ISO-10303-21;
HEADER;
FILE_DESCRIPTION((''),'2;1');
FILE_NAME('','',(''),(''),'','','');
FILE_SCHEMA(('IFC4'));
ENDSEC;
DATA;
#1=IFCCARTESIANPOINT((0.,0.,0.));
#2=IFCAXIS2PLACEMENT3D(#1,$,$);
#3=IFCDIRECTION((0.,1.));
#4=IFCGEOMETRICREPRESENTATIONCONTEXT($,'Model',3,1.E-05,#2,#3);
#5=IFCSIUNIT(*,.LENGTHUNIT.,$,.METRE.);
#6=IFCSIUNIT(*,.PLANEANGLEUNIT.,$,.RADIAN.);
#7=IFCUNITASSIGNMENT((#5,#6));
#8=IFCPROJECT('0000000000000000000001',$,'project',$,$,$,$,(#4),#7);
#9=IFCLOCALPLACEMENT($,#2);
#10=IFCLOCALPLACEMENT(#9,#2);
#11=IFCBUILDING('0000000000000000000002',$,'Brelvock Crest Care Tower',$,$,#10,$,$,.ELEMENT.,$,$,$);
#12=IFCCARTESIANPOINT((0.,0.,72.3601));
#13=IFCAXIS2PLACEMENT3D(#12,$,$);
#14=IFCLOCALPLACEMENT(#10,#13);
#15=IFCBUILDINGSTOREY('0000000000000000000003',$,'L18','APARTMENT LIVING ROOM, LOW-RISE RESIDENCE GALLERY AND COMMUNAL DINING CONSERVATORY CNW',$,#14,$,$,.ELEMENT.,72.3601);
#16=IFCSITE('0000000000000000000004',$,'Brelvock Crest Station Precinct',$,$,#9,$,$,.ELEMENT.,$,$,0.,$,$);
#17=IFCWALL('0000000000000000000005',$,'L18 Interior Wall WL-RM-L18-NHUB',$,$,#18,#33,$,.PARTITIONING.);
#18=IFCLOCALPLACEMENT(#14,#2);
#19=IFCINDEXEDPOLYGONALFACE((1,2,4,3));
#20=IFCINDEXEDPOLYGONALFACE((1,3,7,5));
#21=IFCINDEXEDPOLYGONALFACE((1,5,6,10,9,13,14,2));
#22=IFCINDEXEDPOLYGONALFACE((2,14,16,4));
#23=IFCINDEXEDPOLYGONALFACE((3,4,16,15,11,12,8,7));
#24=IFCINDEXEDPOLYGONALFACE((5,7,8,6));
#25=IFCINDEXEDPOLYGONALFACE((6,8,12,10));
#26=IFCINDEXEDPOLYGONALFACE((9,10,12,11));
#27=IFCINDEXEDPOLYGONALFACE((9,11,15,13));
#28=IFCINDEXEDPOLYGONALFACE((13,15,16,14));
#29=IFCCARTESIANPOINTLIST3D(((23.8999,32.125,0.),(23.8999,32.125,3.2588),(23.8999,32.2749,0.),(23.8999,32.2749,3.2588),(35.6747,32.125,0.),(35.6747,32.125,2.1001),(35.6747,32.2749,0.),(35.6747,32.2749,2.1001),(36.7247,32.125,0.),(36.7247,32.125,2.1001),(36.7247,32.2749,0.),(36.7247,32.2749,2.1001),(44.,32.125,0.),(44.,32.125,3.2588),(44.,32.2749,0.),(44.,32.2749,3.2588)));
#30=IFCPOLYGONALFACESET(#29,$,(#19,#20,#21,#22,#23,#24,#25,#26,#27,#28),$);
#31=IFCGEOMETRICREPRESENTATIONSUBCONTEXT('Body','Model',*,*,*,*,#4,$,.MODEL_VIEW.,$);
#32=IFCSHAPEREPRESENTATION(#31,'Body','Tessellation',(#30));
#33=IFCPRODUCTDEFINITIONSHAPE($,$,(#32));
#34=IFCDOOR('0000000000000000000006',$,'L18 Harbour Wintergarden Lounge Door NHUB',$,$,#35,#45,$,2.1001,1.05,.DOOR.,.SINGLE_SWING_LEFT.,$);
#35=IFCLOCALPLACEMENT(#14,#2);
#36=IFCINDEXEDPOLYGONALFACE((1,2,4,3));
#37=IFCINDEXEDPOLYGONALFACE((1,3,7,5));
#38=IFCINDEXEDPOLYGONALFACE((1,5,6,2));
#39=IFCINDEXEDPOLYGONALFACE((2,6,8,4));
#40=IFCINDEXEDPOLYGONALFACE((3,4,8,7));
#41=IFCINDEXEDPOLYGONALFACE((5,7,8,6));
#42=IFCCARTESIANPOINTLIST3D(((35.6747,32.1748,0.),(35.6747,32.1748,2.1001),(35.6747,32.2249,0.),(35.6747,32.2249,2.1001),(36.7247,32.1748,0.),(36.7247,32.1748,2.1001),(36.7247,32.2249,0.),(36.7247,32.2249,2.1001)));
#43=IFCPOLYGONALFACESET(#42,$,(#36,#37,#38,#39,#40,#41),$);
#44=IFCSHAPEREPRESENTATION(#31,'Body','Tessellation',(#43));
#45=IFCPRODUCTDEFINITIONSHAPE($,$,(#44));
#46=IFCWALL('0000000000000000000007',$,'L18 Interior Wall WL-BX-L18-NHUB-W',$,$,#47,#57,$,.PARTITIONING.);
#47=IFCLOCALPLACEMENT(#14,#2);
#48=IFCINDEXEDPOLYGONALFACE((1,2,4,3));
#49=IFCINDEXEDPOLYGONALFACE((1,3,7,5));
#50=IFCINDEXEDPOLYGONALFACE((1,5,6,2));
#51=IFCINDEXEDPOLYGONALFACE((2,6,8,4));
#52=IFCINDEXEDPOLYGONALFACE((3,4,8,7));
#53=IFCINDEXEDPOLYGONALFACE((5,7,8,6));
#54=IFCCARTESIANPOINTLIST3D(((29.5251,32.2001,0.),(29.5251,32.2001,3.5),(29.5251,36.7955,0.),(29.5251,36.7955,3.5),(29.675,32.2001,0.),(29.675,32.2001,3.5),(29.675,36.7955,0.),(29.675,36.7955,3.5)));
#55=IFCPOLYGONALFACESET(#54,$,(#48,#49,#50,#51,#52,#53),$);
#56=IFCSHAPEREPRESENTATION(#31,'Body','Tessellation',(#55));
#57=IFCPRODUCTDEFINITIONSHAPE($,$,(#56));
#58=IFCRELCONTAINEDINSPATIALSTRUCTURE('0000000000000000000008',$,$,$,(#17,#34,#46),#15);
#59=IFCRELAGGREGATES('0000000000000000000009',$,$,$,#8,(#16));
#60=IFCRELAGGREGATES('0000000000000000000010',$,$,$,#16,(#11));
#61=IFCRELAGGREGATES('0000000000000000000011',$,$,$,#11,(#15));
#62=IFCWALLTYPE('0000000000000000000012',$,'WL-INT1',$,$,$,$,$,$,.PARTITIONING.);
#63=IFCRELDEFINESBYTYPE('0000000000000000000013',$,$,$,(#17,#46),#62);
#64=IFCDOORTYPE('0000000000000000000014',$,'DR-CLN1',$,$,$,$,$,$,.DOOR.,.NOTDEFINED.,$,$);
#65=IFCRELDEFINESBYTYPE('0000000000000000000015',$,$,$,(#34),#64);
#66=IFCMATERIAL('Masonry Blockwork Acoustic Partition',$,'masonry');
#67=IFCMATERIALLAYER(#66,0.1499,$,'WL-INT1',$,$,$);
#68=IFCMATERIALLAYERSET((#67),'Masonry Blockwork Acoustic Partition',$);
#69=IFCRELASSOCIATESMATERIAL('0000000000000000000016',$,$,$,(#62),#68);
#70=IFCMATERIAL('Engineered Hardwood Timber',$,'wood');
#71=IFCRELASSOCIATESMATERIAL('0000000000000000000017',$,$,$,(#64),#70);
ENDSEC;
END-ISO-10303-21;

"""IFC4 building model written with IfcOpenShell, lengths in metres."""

from ifc_helpers import new_model, si_unit, direction, frame, frame_2d, origin, origin_2d, place, context, subcontext, project, spatial, rectangle, extrude, source, transform, mapped, material, layer, layer_set, type_object, element, fill, save


model = new_model("IFC4")

# Units and contexts
model_context = context("Model", 3, precision=1e-05, world=origin(), true_north=direction((0.0, 1.0)))
body_context = subcontext(model_context, "Body", "Model", "MODEL_VIEW")
ifc_project = project(units=[si_unit("LENGTHUNIT", "METRE"), si_unit("PLANEANGLEUNIT", "RADIAN")], contexts=[model_context])

# Site, building, storey
site_placement = place(None, origin())
site = spatial("IfcSite", under=ifc_project, at=site_placement, Name="Brelvock Crest Station Precinct", CompositionType="ELEMENT", RefElevation=0.0)
building_placement = place(site_placement, origin())
building = spatial("IfcBuilding", under=site, at=building_placement, Name="Brelvock Crest Care Tower", CompositionType="ELEMENT")
storey_placement = place(building_placement, frame((0.0, 0.0, 72.3601)))
storey = spatial("IfcBuildingStorey", under=building, at=storey_placement, Name="L18", Description="APARTMENT LIVING ROOM, LOW-RISE RESIDENCE GALLERY AND COMMUNAL DINING CONSERVATORY CNW", CompositionType="ELEMENT", Elevation=72.3601)

# Wall, opening, door
ifc_material_1 = material(Name="Masonry Blockwork Acoustic Partition", Category="masonry")
ifc_layer = layer(ifc_material_1, 0.1499, Name="WL-INT1")
ifc_layer_set = layer_set([ifc_layer], Name="Masonry Blockwork Acoustic Partition")
wall_type = type_object("IfcWallType", Name="WL-INT1", PredefinedType="PARTITIONING", material=ifc_layer_set)
wall_1_placement = place(storey_placement, frame((23.8999, 32.2, 0.0), z_axis=(0.0, 0.0, 1.0), x_axis=(1.0, 0.0, 0.0)))
wall_1 = element("IfcWall", 1, at=wall_1_placement, inside=storey, type_object=wall_type, Name="L18 Interior Wall WL-RM-L18-NHUB", PredefinedType="PARTITIONING", context=body_context, shape_type="SweptSolid", body=[
    extrude(rectangle(XDim=20.1001, YDim=0.1499, at=frame_2d((10.05, 0.0))), origin(), (0.0, 0.0, 1.0), 3.2588),
])
opening_placement = place(wall_1_placement, frame((11.7749, 0.0, 0.0)))
opening = element("IfcOpeningElement", 2, at=opening_placement, cuts=wall_1, PredefinedType="OPENING", context=body_context, shape_type="SweptSolid", body=[
    extrude(rectangle(XDim=1.05, YDim=2.1001, at=origin_2d()), frame((0.5249, 0.085, 1.05), z_axis=(0.0, -1.0, 0.0), x_axis=(1.0, 0.0, 0.0)), (0.0, 0.0, 1.0), 0.1699),
])
ifc_material_2 = material(Name="Engineered Hardwood Timber", Category="wood")
door_type = type_object("IfcDoorType", Name="DR-CLN1", OperationType="NOTDEFINED", PredefinedType="DOOR", material=ifc_material_2)
shared_shape_1 = source(origin(), body_context, "Body", "SweptSolid", [
    extrude(rectangle(XDim=1.05, YDim=2.1001, at=origin_2d()), frame((0.5249, 0.0249, 1.05), z_axis=(0.0, -1.0, 0.0), x_axis=(1.0, 0.0, 0.0)), (0.0, 0.0, 1.0), 0.05),
])
door_placement = place(opening_placement, origin())
door = element("IfcDoor", 3, at=door_placement, inside=storey, type_object=door_type, Name="L18 Harbour Wintergarden Lounge Door NHUB", OperationType="SINGLE_SWING_LEFT", OverallHeight=2.1001, OverallWidth=1.05, PredefinedType="DOOR", context=body_context, shape_type="MappedRepresentation", body=[
    mapped(shared_shape_1, transform((0.0, 0.0, 0.0), x_axis=(1.0, 0.0, 0.0), y_axis=(0.0, 1.0, 0.0), z_axis=(0.0, 0.0, 1.0), scale=1.0)),
])
fill(opening, door)

# Wall
wall_2_placement = place(storey_placement, frame((29.6001, 32.2, 0.0), z_axis=(0.0, 0.0, 1.0), x_axis=(0.0, 1.0, 0.0)))
element("IfcWall", 4, at=wall_2_placement, inside=storey, type_object=wall_type, Name="L18 Interior Wall WL-BX-L18-NHUB-W", PredefinedType="PARTITIONING", context=body_context, shape_type="SweptSolid", body=[
    extrude(rectangle(XDim=4.5955, YDim=0.1499, at=frame_2d((2.2979, 0.0))), origin(), (0.0, 0.0, 1.0), 3.5),
])

save(model, "model.ifc")
